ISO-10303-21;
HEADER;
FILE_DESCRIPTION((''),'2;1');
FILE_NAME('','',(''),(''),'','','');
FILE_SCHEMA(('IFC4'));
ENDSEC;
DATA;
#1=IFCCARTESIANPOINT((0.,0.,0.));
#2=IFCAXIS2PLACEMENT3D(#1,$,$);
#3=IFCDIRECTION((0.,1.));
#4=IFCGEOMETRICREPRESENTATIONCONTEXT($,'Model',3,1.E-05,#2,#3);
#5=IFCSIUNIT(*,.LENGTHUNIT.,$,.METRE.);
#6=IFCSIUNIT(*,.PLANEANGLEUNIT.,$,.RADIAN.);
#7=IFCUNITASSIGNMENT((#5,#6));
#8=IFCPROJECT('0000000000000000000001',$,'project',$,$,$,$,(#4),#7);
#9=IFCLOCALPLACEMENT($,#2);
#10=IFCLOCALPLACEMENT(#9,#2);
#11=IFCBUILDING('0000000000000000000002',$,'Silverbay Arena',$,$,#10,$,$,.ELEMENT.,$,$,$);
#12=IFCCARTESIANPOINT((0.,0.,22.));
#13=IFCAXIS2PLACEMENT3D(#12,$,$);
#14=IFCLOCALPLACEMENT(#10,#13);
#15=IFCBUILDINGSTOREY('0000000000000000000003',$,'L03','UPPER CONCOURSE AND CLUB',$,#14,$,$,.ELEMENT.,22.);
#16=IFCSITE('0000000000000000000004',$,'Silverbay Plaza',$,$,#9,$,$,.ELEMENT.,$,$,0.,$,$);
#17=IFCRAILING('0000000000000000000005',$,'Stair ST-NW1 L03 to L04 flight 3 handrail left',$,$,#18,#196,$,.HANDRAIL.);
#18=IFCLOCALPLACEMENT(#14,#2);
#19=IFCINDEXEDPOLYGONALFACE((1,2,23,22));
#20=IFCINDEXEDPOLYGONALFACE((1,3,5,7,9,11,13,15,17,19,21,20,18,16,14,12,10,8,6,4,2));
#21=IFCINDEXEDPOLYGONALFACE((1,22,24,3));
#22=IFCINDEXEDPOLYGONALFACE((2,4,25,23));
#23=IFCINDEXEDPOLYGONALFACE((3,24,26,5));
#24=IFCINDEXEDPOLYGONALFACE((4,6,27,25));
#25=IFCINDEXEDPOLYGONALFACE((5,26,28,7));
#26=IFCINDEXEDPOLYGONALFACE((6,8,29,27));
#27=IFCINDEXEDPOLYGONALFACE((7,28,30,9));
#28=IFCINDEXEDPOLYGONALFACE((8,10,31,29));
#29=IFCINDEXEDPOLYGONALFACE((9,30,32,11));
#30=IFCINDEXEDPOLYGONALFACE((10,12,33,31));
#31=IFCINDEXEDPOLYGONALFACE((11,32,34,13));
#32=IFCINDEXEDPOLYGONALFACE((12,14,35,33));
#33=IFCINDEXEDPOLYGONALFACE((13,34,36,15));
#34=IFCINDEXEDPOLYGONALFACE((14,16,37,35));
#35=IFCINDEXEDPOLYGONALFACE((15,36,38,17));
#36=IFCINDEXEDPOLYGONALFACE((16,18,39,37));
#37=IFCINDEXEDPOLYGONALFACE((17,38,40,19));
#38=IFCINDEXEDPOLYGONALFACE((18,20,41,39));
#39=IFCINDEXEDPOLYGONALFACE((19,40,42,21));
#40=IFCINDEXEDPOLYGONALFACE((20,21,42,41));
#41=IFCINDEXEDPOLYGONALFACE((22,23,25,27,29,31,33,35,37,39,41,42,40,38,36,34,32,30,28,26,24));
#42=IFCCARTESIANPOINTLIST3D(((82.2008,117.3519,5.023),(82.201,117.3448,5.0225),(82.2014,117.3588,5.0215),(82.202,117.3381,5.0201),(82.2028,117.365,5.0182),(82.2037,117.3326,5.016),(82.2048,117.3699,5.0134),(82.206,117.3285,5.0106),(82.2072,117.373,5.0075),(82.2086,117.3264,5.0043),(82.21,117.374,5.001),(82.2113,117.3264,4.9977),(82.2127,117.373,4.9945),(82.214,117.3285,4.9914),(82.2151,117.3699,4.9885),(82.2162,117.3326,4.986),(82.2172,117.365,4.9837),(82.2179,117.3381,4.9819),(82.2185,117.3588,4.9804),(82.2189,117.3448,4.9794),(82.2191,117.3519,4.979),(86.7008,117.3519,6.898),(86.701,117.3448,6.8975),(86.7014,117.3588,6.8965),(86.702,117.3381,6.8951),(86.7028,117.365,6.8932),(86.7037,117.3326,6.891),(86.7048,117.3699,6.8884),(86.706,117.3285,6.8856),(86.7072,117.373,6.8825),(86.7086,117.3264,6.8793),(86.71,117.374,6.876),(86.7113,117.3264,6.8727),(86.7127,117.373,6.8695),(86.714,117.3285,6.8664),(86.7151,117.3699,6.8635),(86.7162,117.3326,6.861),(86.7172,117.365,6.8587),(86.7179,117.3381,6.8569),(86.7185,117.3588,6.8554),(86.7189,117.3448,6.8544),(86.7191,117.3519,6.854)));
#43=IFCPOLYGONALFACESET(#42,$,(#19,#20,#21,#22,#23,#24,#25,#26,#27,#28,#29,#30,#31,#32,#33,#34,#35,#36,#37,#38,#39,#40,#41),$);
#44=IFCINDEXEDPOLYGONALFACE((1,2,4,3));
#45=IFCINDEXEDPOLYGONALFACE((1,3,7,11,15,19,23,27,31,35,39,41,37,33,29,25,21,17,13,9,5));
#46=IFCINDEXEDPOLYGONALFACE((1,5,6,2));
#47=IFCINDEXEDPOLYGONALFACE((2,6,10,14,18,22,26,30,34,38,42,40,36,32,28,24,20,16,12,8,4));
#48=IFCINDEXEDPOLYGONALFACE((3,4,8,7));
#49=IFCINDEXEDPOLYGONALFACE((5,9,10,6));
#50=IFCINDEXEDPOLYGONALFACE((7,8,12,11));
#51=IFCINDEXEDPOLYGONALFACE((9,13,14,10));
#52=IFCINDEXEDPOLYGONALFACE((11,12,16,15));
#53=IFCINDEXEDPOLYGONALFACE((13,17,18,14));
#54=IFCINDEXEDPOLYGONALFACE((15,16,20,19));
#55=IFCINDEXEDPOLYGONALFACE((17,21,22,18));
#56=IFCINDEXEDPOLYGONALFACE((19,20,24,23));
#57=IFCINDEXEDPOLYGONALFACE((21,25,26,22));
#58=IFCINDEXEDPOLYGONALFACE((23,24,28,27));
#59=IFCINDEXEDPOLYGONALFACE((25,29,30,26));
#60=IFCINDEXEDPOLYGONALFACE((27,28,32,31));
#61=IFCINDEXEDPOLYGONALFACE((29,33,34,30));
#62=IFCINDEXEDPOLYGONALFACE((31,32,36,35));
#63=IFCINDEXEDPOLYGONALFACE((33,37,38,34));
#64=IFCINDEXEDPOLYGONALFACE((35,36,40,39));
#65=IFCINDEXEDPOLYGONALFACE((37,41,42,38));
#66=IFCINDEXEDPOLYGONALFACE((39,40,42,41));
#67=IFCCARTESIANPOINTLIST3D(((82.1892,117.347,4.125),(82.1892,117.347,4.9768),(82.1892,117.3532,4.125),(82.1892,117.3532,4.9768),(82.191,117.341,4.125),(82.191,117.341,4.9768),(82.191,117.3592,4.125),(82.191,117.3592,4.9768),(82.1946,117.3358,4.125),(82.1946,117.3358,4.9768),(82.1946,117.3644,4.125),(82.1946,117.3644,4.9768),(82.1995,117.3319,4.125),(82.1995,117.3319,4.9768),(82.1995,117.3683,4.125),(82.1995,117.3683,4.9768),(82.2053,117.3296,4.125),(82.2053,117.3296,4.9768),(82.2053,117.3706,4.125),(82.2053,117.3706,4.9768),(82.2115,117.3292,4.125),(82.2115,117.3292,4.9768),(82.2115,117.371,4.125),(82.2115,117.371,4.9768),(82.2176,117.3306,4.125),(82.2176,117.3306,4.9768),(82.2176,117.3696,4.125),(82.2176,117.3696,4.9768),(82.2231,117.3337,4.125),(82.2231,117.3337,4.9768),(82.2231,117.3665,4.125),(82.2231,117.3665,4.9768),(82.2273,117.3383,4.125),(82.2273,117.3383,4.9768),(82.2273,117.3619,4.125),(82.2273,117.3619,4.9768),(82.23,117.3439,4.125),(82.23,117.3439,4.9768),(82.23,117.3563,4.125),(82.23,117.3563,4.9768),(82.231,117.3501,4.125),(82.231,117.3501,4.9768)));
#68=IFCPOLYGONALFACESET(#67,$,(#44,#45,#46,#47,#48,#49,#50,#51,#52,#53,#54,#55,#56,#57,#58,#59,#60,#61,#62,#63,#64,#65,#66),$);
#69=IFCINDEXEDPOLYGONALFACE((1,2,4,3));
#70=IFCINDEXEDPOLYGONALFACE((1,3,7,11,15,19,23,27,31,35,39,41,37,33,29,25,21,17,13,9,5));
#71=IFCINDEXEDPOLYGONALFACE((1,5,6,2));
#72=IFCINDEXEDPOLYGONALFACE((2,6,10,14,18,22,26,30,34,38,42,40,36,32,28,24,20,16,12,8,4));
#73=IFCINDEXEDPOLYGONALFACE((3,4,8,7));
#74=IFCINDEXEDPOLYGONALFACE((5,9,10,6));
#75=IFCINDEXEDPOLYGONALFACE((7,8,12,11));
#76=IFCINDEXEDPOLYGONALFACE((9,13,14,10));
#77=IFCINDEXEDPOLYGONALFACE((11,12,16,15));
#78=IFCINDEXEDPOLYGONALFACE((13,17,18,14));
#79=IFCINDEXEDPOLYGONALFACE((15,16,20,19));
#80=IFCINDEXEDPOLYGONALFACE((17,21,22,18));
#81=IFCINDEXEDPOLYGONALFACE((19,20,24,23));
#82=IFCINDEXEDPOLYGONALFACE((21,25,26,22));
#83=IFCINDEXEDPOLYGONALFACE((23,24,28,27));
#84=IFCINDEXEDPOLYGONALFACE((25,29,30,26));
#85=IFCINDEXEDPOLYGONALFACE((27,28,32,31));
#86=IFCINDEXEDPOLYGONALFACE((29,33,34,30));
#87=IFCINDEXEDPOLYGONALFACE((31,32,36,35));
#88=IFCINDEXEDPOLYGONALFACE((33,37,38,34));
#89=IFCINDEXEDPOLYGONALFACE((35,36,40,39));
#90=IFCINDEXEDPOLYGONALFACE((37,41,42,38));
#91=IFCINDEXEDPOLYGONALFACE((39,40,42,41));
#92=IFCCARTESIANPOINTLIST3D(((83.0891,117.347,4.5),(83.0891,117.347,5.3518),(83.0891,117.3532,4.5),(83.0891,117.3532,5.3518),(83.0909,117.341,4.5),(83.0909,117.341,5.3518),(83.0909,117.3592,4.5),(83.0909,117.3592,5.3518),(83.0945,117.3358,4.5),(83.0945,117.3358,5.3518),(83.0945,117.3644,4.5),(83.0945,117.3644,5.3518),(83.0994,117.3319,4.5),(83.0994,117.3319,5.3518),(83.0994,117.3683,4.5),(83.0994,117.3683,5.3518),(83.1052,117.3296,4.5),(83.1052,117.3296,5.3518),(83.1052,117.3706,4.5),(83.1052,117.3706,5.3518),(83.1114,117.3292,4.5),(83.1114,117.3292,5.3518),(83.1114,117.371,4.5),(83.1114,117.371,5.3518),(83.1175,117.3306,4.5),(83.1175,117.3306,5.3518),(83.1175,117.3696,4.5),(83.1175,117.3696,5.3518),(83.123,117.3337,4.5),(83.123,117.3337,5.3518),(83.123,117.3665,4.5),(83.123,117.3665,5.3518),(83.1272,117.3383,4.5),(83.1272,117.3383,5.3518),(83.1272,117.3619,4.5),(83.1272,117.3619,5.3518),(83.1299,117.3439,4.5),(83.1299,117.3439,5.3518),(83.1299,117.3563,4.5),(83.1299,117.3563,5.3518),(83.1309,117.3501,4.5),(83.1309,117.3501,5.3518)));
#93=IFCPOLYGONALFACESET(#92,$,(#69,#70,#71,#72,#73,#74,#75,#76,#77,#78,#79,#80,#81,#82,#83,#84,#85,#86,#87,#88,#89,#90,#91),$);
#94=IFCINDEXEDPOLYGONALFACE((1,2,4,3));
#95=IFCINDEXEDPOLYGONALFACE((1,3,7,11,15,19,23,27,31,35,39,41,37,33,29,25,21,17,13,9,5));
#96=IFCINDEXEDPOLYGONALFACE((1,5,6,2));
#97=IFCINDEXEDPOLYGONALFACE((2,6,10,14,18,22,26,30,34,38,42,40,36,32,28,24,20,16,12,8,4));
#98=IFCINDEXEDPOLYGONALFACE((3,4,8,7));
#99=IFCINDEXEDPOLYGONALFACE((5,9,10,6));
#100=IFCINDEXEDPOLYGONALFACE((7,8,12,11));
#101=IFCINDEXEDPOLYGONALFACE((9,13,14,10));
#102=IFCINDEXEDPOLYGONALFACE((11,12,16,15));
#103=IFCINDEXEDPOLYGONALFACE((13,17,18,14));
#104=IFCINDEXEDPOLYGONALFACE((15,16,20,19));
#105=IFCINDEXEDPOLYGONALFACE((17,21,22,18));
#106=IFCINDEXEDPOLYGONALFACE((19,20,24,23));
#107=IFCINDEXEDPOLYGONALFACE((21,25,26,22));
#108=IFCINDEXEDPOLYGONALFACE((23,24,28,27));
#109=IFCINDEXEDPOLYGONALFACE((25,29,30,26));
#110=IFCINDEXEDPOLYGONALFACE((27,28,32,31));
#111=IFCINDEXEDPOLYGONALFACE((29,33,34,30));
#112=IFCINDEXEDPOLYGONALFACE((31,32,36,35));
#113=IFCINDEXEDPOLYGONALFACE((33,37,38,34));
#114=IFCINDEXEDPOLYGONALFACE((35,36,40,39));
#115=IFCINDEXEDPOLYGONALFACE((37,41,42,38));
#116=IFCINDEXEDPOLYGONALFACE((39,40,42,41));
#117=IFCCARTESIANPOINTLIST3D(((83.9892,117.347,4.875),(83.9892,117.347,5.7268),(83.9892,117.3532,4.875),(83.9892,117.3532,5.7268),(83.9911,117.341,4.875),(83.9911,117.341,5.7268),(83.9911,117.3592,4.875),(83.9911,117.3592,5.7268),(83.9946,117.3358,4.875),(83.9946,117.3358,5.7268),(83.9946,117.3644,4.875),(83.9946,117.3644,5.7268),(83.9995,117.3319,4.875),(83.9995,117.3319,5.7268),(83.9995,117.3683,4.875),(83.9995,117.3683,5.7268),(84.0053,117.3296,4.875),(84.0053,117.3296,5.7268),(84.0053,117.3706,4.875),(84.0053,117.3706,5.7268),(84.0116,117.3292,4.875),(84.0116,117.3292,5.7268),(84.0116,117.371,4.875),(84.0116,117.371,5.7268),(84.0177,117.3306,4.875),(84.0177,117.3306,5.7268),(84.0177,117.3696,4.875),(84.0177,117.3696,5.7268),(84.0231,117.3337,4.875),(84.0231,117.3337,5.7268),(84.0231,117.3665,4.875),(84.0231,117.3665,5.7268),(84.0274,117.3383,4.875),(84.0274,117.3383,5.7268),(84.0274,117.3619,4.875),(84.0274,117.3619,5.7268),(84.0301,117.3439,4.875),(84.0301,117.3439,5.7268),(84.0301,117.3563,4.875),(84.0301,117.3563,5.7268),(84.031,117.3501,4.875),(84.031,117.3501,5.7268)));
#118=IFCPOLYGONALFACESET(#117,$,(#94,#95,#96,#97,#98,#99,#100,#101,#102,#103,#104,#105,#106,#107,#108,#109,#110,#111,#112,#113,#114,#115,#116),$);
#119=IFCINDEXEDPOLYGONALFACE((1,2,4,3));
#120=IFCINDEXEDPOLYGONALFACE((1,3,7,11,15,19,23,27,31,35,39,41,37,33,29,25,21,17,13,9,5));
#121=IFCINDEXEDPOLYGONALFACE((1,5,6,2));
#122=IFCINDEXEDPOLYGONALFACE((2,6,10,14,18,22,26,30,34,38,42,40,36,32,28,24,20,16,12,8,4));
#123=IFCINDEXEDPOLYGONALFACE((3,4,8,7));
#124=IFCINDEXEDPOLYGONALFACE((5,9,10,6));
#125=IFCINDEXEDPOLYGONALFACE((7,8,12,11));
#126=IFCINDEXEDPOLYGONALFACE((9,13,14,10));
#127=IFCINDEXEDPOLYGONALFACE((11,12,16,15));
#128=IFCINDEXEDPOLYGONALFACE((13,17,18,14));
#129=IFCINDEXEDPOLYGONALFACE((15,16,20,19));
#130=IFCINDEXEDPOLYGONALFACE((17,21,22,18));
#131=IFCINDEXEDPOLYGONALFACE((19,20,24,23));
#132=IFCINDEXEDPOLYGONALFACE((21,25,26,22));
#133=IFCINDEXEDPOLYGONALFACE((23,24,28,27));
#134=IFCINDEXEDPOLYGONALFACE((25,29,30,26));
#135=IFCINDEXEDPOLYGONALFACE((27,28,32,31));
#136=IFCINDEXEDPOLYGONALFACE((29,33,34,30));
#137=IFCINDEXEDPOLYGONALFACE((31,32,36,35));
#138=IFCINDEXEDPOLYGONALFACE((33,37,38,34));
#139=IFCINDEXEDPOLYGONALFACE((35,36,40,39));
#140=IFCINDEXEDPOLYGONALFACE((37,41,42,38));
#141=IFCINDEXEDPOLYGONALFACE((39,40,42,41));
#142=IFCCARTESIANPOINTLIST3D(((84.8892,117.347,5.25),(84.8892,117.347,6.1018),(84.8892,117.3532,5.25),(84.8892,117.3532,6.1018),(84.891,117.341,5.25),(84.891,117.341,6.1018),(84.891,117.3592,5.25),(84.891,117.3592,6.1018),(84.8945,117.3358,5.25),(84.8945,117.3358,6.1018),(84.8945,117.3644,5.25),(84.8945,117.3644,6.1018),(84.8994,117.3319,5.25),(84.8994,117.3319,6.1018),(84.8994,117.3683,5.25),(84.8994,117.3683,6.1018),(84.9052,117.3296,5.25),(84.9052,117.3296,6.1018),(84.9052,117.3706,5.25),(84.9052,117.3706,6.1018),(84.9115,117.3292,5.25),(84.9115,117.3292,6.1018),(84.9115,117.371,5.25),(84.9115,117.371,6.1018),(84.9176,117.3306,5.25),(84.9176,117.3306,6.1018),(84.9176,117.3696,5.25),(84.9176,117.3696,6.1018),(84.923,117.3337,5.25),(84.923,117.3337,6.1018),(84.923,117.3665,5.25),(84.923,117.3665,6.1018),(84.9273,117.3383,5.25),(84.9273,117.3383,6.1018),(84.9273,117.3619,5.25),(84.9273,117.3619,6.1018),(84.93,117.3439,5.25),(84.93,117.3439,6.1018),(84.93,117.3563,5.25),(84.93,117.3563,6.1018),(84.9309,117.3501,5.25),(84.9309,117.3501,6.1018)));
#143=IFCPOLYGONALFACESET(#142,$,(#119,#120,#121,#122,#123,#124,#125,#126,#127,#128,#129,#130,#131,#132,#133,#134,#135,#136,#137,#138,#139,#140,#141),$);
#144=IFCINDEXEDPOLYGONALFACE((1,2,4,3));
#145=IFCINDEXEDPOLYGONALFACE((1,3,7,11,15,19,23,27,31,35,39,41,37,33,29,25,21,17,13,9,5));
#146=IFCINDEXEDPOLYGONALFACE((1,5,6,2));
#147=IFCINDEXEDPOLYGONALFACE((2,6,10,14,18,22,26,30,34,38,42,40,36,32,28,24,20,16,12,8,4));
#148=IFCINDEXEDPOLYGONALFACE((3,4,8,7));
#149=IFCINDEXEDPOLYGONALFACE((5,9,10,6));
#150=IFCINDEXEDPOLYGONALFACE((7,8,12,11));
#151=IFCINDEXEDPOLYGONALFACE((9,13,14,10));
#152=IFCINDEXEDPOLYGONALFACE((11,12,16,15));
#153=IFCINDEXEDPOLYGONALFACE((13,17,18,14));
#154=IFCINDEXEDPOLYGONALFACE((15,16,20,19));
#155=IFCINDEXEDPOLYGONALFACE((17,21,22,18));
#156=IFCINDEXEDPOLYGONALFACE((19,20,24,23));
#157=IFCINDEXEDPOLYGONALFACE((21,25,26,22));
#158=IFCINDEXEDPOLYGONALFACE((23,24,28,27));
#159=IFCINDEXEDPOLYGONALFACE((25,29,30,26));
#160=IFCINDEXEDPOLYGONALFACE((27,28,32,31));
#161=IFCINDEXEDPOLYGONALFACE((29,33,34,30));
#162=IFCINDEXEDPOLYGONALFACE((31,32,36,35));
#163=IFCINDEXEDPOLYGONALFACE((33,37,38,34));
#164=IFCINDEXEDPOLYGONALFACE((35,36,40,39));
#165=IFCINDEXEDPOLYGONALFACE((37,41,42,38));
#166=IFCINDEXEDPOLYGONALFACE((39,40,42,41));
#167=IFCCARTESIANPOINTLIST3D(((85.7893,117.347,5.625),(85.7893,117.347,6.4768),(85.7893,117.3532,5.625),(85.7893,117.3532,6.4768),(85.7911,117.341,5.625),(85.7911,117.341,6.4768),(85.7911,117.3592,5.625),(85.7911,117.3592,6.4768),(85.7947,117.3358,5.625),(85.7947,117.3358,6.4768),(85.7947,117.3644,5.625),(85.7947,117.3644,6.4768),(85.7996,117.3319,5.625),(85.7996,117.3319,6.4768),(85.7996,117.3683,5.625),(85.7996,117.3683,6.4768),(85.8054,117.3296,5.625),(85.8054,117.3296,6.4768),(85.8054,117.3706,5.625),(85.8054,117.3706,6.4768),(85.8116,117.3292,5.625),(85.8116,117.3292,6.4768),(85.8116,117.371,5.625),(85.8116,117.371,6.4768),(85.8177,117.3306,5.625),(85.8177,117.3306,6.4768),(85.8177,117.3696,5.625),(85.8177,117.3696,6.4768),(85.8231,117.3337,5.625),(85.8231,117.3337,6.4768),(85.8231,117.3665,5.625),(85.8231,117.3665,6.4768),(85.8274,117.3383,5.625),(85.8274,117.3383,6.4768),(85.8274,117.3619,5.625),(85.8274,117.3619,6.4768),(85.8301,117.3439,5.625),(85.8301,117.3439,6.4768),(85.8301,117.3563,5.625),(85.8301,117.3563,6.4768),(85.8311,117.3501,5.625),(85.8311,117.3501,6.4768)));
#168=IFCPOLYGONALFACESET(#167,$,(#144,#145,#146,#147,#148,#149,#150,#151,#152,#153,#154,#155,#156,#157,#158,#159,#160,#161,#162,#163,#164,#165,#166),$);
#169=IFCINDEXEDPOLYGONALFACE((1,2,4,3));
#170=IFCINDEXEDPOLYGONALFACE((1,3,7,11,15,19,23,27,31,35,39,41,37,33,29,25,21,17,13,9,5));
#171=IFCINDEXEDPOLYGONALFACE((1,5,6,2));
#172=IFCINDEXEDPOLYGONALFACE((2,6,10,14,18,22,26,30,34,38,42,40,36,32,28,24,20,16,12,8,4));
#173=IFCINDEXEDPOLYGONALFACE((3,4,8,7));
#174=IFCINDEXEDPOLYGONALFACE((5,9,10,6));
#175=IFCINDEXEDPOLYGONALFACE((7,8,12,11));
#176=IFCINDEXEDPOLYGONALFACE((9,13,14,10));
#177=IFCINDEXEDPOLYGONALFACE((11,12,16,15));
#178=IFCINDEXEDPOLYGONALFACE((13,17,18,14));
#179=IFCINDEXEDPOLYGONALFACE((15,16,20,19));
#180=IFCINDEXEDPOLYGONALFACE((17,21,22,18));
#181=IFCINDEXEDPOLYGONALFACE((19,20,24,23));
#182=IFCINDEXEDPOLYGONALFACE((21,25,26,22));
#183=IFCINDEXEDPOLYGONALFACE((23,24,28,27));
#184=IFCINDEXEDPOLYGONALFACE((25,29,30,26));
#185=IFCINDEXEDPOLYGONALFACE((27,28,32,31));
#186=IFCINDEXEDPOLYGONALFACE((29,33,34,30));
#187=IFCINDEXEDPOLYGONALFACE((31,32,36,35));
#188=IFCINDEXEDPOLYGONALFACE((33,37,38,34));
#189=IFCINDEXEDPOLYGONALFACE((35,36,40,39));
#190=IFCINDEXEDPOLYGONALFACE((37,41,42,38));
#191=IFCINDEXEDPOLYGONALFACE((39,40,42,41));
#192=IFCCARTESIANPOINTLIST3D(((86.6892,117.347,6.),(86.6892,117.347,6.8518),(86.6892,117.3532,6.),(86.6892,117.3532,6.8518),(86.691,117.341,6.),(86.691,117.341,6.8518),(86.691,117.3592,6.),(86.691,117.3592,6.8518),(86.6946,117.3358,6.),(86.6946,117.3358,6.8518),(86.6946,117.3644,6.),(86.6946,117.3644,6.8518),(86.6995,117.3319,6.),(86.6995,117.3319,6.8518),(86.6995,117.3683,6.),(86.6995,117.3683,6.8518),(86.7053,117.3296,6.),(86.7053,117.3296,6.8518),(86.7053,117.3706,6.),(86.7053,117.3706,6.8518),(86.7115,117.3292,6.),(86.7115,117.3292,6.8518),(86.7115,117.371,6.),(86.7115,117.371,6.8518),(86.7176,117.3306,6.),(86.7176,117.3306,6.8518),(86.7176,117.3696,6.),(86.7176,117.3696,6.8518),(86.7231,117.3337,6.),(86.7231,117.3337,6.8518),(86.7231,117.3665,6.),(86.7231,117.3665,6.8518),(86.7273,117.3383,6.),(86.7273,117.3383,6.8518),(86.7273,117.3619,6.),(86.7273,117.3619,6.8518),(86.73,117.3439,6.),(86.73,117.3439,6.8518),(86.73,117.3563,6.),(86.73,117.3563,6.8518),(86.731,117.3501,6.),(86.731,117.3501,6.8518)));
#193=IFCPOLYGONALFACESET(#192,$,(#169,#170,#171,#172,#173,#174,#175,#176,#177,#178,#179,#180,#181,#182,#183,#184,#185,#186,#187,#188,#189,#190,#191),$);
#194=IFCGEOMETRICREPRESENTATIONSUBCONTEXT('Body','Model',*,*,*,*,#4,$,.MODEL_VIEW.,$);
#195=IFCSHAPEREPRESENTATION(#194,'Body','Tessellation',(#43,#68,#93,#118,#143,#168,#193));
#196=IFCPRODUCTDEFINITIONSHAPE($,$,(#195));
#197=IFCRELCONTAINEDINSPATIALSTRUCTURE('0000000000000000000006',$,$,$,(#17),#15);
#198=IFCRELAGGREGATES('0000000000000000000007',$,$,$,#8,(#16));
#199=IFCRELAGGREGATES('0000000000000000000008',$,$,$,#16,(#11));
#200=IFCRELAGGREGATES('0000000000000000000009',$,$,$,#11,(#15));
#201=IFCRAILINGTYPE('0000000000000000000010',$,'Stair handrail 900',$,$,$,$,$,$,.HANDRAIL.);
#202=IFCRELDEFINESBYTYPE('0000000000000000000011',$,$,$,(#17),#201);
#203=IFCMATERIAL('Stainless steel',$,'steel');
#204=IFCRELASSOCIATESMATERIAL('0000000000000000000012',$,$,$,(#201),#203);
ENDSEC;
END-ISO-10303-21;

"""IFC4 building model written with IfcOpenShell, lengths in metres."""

from ifc_helpers import new_model, si_unit, direction, frame, origin, origin_2d, place, context, subcontext, project, spatial, circle, extrude, material, type_object, element, save


model = new_model("IFC4")

# Units and contexts
model_context = context("Model", 3, precision=1e-05, world=origin(), true_north=direction((0.0, 1.0)))
body_context = subcontext(model_context, "Body", "Model", "MODEL_VIEW")
ifc_project = project(units=[si_unit("LENGTHUNIT", "METRE"), si_unit("PLANEANGLEUNIT", "RADIAN")], contexts=[model_context])

# Site, building, storey
site_placement = place(None, origin())
site = spatial("IfcSite", under=ifc_project, at=site_placement, Name="Silverbay Plaza", CompositionType="ELEMENT", RefElevation=0.0)
building_placement = place(site_placement, origin())
building = spatial("IfcBuilding", under=site, at=building_placement, Name="Silverbay Arena", CompositionType="ELEMENT")
storey_placement = place(building_placement, frame((0.0, 0.0, 22.0)))
storey = spatial("IfcBuildingStorey", under=building, at=storey_placement, Name="L03", Description="UPPER CONCOURSE AND CLUB", CompositionType="ELEMENT", Elevation=22.0)

# Railing
ifc_material_1 = material(Name="Stainless steel", Category="steel")
railing_type_1 = type_object("IfcRailingType", Name="Stair handrail 900", PredefinedType="HANDRAIL", material=ifc_material_1)
for number, where, name in (
    (1, (82.21, 117.3501, 4.125), "Stair ST-NW1 L03 to L04 flight 3 handrail left"),
):
    element("IfcRailing", number, at=place(storey_placement, frame(where)), inside=storey, type_object=railing_type_1, Name=name, PredefinedType="HANDRAIL", context=body_context, shape_type="SweptSolid", body=[
        extrude(circle(Radius=0.0239, at=origin_2d()), frame((0.0, 0.0, 0.876), z_axis=(0.923077, 0.0, 0.384615), x_axis=(0.0, 1.0, 0.0)), (0.0, 0.0, 1.0), 4.875),
        extrude(circle(Radius=0.021, at=origin_2d()), origin(), (0.0, 0.0, 1.0), 0.8518),
        extrude(circle(Radius=0.021, at=origin_2d()), frame((0.8999, 0.0, 0.375)), (0.0, 0.0, 1.0), 0.8518),
        extrude(circle(Radius=0.021, at=origin_2d()), frame((1.8, 0.0, 0.75)), (0.0, 0.0, 1.0), 0.8518),
        extrude(circle(Radius=0.021, at=origin_2d()), frame((2.7, 0.0, 1.125)), (0.0, 0.0, 1.0), 0.8518),
        extrude(circle(Radius=0.021, at=origin_2d()), frame((3.6001, 0.0, 1.5)), (0.0, 0.0, 1.0), 0.8518),
        extrude(circle(Radius=0.021, at=origin_2d()), frame((4.5, 0.0, 1.875)), (0.0, 0.0, 1.0), 0.8518),
    ])

save(model, "model.ifc")
